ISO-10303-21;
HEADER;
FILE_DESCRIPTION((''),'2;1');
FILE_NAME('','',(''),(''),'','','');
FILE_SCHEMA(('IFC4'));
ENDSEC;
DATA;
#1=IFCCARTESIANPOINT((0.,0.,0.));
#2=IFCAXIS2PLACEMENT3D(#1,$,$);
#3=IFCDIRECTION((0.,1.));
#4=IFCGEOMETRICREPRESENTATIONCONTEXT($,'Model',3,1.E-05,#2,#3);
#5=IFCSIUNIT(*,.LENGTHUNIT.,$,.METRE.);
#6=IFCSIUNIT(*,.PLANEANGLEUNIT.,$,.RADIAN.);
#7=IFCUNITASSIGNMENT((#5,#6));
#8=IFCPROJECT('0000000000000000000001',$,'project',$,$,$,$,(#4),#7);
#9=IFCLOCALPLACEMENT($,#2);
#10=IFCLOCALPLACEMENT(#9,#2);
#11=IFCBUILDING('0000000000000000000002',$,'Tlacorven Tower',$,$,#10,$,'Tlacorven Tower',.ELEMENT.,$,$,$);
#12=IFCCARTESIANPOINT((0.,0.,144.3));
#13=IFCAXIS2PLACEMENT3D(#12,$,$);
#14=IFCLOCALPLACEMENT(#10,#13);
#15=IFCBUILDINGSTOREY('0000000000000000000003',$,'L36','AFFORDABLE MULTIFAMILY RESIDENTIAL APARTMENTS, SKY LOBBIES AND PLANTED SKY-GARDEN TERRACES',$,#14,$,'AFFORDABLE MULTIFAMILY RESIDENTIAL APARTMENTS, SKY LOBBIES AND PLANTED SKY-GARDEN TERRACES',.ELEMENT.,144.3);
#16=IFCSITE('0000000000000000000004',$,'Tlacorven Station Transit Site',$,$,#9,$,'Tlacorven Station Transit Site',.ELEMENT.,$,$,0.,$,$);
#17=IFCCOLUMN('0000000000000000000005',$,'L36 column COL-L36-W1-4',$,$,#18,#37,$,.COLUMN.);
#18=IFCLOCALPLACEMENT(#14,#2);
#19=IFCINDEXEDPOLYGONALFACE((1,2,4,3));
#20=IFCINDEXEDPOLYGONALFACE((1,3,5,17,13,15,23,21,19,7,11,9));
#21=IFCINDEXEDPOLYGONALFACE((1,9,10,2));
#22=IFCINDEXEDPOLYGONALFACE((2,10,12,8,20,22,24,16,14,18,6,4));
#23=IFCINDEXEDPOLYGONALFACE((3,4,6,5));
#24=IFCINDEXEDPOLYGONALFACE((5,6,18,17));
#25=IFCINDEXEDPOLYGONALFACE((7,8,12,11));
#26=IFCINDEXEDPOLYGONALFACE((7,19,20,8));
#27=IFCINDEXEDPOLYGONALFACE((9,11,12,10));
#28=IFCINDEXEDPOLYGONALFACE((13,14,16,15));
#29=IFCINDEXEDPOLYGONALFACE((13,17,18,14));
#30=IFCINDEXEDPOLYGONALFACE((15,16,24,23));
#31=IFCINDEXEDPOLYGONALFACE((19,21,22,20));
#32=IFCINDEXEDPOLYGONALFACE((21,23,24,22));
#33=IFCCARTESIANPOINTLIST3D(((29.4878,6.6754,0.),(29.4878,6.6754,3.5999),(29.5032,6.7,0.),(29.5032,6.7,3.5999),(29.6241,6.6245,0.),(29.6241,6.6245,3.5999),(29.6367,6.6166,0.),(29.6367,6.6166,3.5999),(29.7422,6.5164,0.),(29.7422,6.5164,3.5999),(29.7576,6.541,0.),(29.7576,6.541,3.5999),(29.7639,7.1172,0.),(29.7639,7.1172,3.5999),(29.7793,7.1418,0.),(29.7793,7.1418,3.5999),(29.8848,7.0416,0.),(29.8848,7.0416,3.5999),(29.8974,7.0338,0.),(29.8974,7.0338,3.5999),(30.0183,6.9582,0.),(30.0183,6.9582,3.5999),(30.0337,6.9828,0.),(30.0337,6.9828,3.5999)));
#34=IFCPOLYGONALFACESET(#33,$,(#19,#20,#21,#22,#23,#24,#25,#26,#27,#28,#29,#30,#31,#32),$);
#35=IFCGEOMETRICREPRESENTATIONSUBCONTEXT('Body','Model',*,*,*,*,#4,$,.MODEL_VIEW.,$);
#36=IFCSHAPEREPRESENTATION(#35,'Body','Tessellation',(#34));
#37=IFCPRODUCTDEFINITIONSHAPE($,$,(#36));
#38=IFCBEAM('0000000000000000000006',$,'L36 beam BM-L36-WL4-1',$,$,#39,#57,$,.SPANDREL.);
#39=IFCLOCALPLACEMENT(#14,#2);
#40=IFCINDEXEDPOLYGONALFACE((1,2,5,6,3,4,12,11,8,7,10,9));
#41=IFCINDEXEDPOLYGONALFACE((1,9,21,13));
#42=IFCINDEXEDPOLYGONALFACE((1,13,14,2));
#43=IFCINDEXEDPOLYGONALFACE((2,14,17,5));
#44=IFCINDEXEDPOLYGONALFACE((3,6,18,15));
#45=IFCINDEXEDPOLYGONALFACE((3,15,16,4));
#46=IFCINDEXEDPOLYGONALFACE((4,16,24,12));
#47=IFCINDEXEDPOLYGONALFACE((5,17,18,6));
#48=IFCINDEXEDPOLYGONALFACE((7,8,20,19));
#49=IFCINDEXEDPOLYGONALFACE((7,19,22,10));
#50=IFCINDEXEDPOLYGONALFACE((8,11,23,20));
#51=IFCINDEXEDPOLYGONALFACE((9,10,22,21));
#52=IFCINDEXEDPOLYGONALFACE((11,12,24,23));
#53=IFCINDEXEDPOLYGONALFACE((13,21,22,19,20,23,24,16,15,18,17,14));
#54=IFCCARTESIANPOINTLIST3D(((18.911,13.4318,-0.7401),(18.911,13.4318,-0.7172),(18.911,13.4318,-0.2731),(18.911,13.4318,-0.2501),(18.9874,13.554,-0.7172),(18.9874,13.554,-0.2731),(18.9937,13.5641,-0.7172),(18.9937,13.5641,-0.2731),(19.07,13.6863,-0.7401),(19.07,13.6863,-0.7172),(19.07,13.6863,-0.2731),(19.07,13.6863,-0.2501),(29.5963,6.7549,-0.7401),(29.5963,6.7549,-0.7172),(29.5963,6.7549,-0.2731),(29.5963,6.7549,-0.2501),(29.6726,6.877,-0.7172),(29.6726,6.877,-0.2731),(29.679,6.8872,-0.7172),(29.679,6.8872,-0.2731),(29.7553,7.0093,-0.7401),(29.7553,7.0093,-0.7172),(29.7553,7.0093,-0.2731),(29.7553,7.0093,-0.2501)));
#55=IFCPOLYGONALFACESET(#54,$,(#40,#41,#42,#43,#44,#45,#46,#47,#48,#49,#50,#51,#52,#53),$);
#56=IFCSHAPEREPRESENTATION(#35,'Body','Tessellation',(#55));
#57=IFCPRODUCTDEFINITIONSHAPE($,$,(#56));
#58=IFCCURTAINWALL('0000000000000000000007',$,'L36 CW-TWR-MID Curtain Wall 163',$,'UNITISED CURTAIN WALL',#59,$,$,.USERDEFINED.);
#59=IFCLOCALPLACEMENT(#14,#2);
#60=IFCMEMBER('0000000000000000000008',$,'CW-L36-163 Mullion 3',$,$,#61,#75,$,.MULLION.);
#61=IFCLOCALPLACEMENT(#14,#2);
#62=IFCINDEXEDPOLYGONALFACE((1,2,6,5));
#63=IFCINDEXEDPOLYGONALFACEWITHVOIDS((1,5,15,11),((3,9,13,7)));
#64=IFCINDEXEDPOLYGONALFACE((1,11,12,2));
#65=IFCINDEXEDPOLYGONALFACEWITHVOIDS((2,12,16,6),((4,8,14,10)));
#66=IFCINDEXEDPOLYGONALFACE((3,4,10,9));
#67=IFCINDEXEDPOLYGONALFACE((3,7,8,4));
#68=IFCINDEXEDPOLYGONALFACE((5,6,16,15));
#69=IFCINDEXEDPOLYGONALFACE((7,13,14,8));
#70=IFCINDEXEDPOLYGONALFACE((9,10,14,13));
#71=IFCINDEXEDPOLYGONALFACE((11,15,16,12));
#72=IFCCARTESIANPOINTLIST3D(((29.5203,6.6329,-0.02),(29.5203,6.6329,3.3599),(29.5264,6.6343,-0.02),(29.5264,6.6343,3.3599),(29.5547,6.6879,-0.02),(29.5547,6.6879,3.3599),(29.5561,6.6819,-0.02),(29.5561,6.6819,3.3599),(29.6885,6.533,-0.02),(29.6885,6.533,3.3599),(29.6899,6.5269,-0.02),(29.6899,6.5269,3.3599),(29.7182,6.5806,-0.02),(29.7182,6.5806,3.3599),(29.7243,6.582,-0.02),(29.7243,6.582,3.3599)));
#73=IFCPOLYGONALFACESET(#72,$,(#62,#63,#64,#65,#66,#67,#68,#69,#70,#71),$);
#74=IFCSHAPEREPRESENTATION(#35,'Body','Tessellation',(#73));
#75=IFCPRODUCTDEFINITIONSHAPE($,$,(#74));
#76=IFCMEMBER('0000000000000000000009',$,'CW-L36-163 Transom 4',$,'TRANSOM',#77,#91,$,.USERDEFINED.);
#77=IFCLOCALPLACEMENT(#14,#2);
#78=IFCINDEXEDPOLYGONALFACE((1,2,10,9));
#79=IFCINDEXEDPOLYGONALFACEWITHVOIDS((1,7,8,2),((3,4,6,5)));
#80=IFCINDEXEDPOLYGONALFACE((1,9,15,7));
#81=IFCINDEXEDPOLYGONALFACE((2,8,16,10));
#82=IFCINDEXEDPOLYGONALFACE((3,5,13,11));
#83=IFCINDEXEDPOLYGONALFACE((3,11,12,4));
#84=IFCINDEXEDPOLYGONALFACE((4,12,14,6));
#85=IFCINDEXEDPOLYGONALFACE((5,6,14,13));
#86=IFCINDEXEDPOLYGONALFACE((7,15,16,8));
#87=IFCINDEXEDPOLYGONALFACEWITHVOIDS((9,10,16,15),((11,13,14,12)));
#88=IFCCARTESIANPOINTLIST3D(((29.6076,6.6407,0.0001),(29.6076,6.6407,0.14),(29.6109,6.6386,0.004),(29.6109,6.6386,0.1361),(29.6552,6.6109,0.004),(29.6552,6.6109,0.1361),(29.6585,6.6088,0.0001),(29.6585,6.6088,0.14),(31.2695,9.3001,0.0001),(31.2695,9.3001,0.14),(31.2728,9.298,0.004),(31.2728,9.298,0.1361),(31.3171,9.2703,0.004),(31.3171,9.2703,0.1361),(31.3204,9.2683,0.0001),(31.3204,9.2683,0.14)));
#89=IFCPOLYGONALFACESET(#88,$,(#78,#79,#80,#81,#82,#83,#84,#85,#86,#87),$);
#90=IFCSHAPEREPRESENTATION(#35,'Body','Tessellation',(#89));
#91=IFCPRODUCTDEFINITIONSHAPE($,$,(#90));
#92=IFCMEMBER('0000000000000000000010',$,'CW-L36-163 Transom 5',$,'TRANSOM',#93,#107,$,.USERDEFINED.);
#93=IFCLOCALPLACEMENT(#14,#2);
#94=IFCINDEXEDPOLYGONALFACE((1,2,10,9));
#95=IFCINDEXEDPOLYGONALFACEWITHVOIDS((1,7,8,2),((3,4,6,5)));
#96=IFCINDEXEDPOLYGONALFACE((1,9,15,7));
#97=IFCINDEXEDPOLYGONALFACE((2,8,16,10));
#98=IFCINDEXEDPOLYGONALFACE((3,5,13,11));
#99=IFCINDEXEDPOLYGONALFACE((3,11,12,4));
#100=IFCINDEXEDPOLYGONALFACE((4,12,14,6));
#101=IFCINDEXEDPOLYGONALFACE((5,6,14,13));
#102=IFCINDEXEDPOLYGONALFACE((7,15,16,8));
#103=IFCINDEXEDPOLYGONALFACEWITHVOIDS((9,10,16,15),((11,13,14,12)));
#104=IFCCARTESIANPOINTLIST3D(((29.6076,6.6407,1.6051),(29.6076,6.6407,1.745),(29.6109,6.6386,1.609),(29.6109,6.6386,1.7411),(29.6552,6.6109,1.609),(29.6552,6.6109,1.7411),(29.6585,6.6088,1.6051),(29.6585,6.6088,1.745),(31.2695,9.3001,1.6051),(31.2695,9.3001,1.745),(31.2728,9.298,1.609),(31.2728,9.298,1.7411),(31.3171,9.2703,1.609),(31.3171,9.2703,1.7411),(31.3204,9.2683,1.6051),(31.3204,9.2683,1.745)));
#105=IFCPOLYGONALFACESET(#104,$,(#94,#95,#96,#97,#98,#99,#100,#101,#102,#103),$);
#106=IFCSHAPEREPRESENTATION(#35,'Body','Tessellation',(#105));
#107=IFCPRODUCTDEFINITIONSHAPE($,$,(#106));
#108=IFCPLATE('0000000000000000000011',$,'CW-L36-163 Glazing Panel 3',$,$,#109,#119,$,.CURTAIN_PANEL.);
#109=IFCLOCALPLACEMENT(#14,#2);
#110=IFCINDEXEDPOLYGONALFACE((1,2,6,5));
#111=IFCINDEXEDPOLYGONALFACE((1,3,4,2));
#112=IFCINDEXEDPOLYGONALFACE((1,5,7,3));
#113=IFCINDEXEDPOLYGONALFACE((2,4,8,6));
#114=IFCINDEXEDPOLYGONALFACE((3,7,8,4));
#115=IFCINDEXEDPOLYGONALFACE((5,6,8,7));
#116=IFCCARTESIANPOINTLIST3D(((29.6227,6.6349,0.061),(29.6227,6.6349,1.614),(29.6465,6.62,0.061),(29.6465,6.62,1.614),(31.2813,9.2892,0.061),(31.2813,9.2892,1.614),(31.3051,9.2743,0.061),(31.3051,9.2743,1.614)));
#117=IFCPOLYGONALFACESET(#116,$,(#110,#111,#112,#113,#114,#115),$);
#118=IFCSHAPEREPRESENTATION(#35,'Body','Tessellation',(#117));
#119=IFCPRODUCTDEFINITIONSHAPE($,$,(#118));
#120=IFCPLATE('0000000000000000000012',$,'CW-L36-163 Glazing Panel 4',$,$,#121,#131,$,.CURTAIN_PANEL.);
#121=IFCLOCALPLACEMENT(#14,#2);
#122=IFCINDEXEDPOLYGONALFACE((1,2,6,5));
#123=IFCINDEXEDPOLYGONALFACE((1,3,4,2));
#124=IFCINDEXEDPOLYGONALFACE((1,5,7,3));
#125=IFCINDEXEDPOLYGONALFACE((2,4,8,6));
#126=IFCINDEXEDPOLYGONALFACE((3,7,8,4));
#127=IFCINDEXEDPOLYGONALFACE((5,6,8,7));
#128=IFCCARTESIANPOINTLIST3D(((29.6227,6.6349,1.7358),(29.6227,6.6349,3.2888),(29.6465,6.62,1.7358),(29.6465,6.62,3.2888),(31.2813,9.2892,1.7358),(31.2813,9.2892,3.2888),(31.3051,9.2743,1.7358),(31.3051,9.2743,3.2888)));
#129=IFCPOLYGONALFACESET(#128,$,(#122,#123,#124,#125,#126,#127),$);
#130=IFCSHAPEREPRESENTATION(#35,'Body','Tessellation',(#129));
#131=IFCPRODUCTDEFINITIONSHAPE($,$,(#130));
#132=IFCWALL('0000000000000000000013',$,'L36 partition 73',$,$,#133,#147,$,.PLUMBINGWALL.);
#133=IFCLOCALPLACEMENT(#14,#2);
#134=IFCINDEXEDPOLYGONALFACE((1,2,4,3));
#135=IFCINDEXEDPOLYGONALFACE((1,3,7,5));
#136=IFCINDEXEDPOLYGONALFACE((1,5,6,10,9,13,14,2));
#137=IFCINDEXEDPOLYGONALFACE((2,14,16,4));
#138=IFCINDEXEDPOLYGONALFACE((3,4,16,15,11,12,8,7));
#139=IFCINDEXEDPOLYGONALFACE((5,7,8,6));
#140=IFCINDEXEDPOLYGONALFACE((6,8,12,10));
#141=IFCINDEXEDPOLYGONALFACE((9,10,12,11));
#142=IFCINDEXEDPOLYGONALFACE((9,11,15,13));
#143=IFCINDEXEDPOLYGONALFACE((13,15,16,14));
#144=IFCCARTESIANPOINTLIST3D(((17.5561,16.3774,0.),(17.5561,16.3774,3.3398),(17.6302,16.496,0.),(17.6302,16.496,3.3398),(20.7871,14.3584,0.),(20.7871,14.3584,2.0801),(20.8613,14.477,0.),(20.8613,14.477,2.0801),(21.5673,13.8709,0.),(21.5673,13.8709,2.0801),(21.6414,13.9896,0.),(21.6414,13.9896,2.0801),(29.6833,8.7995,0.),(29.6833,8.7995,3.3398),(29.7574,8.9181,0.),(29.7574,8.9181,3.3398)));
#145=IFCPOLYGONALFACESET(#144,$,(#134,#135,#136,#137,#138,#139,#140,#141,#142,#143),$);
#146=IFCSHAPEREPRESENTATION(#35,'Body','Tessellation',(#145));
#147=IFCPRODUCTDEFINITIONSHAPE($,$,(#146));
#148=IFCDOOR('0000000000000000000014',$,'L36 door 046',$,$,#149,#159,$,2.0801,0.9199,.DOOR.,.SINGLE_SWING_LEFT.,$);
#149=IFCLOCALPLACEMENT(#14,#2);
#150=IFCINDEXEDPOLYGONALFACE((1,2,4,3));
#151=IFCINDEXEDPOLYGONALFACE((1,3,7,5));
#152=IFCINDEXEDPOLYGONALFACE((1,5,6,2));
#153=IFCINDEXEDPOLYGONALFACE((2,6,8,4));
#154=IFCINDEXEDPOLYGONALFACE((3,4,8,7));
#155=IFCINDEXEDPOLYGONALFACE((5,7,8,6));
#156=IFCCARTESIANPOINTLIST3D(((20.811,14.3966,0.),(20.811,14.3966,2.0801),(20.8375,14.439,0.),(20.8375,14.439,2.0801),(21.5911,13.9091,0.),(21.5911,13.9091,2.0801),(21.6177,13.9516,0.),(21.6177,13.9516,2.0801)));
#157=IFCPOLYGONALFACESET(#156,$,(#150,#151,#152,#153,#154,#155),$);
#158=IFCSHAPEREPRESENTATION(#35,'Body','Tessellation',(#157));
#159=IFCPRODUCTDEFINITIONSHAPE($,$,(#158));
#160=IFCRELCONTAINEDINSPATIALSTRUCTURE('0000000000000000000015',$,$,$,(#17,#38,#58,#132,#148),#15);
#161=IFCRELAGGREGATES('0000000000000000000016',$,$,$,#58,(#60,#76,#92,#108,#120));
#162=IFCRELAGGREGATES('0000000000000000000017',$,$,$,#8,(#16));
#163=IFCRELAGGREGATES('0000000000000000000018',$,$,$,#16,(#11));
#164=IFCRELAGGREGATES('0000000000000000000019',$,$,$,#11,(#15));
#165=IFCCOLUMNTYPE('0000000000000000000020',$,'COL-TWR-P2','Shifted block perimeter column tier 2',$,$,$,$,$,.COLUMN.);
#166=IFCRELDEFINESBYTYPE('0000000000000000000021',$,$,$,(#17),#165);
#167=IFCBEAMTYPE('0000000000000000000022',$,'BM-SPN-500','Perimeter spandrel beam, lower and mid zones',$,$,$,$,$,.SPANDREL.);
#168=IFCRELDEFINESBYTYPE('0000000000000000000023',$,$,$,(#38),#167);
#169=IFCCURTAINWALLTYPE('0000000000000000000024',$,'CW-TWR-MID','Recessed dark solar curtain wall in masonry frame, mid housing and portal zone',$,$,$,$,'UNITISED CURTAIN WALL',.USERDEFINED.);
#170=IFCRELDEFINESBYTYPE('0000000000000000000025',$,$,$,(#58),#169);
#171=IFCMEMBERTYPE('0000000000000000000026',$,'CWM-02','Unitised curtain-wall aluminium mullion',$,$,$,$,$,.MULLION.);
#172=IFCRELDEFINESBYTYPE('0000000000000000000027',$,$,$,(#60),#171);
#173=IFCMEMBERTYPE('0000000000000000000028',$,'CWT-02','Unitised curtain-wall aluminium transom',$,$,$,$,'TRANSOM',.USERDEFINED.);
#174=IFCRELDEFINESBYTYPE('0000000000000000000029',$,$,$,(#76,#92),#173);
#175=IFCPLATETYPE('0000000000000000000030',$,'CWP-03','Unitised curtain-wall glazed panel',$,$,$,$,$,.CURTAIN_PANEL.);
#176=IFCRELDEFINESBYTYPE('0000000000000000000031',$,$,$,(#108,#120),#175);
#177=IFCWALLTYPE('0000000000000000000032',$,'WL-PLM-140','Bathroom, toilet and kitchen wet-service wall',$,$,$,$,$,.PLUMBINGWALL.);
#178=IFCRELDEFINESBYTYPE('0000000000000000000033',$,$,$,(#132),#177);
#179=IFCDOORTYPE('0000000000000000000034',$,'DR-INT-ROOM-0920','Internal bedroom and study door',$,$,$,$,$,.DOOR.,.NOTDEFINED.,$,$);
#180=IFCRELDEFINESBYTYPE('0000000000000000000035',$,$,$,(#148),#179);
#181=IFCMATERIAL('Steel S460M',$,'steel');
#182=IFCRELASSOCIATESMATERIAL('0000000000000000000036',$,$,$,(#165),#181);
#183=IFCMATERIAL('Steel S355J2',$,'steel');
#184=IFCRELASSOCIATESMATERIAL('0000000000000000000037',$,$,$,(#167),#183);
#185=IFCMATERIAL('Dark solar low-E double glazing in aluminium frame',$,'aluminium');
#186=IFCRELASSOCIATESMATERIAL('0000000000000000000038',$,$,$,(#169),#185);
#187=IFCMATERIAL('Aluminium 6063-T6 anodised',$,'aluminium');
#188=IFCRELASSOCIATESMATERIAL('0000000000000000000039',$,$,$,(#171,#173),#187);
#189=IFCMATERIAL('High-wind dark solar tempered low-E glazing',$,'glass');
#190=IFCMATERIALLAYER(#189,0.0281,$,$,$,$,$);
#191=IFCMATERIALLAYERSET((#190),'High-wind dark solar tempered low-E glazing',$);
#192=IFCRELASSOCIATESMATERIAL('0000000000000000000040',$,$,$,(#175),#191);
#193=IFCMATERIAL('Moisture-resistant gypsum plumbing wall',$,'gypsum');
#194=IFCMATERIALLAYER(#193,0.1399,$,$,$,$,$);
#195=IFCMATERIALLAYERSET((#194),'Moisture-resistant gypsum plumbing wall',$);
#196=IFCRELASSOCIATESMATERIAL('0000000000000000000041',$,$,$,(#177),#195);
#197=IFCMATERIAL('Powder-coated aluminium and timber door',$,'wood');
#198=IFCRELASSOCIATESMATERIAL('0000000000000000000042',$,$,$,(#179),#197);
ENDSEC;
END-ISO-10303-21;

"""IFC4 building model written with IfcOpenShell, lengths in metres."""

from ifc_helpers import new_model, si_unit, direction, frame, frame_2d, origin, origin_2d, place, context, subcontext, project, spatial, rectangle, hollow_rectangle, i_section, extrude, source, transform, mapped, material, layer, layer_set, material_profile, profile_set, type_object, element, fill, aggregate, save


model = new_model("IFC4")

# Units and contexts
model_context = context("Model", 3, precision=1e-05, world=origin(), true_north=direction((0.0, 1.0)))
body_context = subcontext(model_context, "Body", "Model", "MODEL_VIEW")
ifc_project = project(units=[si_unit("LENGTHUNIT", "METRE"), si_unit("PLANEANGLEUNIT", "RADIAN")], contexts=[model_context])

# Site, building, storey
site_placement = place(None, origin())
site = spatial("IfcSite", under=ifc_project, at=site_placement, Name="Tlacorven Station Transit Site", LongName="Tlacorven Station Transit Site", CompositionType="ELEMENT", RefElevation=0.0)
building_placement = place(site_placement, origin())
building = spatial("IfcBuilding", under=site, at=building_placement, Name="Tlacorven Tower", LongName="Tlacorven Tower", CompositionType="ELEMENT")
storey_placement = place(building_placement, frame((0.0, 0.0, 144.3)))
storey = spatial("IfcBuildingStorey", under=building, at=storey_placement, Name="L36", Description="AFFORDABLE MULTIFAMILY RESIDENTIAL APARTMENTS, SKY LOBBIES AND PLANTED SKY-GARDEN TERRACES", LongName="AFFORDABLE MULTIFAMILY RESIDENTIAL APARTMENTS, SKY LOBBIES AND PLANTED SKY-GARDEN TERRACES", CompositionType="ELEMENT", Elevation=144.3)

# Column
ifc_material_1 = material(Name="Steel S460M", Category="steel")
ifc_material_profile_1 = material_profile(ifc_material_1, i_section(OverallWidth=0.3, OverallDepth=0.55, WebThickness=0.0149, FlangeThickness=0.0291, at=origin_2d()), Name="HEB 550")
ifc_profile_set_1 = profile_set([ifc_material_profile_1], Name="Steel S460M")
column_type = type_object("IfcColumnType", Name="COL-TWR-P2", Description="Shifted block perimeter column tier 2", PredefinedType="COLUMN", material=ifc_profile_set_1)
shared_shape_1 = source(origin(), body_context, "Body", "SweptSolid", [
    extrude(i_section(OverallWidth=0.3, OverallDepth=0.55, WebThickness=0.0149, FlangeThickness=0.0291, at=origin_2d()), origin(), (0.0, 0.0, 1.0), 3.5999),
])
column_placement = place(storey_placement, frame((29.7607, 6.8291, 0.0), z_axis=(0.0, 0.0, 1.0), x_axis=(-0.848048, 0.529919, 0.0)))
element("IfcColumn", 1, at=column_placement, inside=storey, type_object=column_type, Name="L36 column COL-L36-W1-4", PredefinedType="COLUMN", context=body_context, shape_type="MappedRepresentation", body=[
    mapped(shared_shape_1, transform((0.0, 0.0, 0.0), scale=1.0)),
])

# Beam
ifc_material_2 = material(Name="Steel S355J2", Category="steel")
ifc_material_profile_2 = material_profile(ifc_material_2, i_section(OverallWidth=0.3, OverallDepth=0.49, WebThickness=0.012, FlangeThickness=0.0229, at=origin_2d()), Name="HEA 500")
ifc_profile_set_2 = profile_set([ifc_material_profile_2], Name="Steel S355J2")
beam_type = type_object("IfcBeamType", Name="BM-SPN-500", Description="Perimeter spandrel beam, lower and mid zones", PredefinedType="SPANDREL", material=ifc_profile_set_2)
shared_shape_2 = source(origin(), body_context, "Body", "SweptSolid", [
    extrude(i_section(OverallWidth=0.3, OverallDepth=0.49, WebThickness=0.012, FlangeThickness=0.0229, at=origin_2d()), origin(), (0.0, 0.0, 1.0), 12.5999),
])
beam_placement = place(storey_placement, frame((29.6758, 6.8821, -0.4951), z_axis=(-0.848045, 0.529924, 0.0), x_axis=(-0.529924, -0.848045, 0.0)))
element("IfcBeam", 2, at=beam_placement, inside=storey, type_object=beam_type, Name="L36 beam BM-L36-WL4-1", PredefinedType="SPANDREL", context=body_context, shape_type="MappedRepresentation", body=[
    mapped(shared_shape_2, transform((0.0, 0.0, 0.0), scale=1.0)),
])

# Curtain wall, members, plates
ifc_material_3 = material(Name="Dark solar low-E double glazing in aluminium frame", Category="aluminium")
curtain_wall_type = type_object("IfcCurtainWallType", Name="CW-TWR-MID", Description="Recessed dark solar curtain wall in masonry frame, mid housing and portal zone", ElementType="UNITISED CURTAIN WALL", PredefinedType="USERDEFINED", material=ifc_material_3)
curtain_wall_placement = place(storey_placement, origin())
curtain_wall = element("IfcCurtainWall", 3, at=curtain_wall_placement, inside=storey, type_object=curtain_wall_type, Name="L36 CW-TWR-MID Curtain Wall 163", ObjectType="UNITISED CURTAIN WALL", PredefinedType="USERDEFINED")
ifc_material_4 = material(Name="Aluminium 6063-T6 anodised", Category="aluminium")
ifc_material_profile_3 = material_profile(ifc_material_4, hollow_rectangle(XDim=0.0649, YDim=0.2, WallThickness=0.0044, at=origin_2d()), Name="ALU MULLION 65X200")
ifc_profile_set_3 = profile_set([ifc_material_profile_3], Name="Aluminium 6063-T6 anodised")
member_type_1 = type_object("IfcMemberType", Name="CWM-02", Description="Unitised curtain-wall aluminium mullion", PredefinedType="MULLION", material=ifc_profile_set_3)
shared_shape_3 = source(origin(), body_context, "Body", "SweptSolid", [
    extrude(hollow_rectangle(XDim=0.0649, YDim=0.2, WallThickness=0.0044, at=origin_2d()), origin(), (0.0, 0.0, 1.0), 3.3799),
])
member_1_placement = place(storey_placement, frame((29.6223, 6.6074, -0.02), z_axis=(0.0, 0.0, 1.0), x_axis=(-0.529919, -0.848048, 0.0)))
member_1 = element("IfcMember", 4, at=member_1_placement, type_object=member_type_1, Name="CW-L36-163 Mullion 3", PredefinedType="MULLION", context=body_context, shape_type="MappedRepresentation", body=[
    mapped(shared_shape_3, transform((0.0, 0.0, 0.0), scale=1.0)),
])
ifc_material_profile_4 = material_profile(ifc_material_4, hollow_rectangle(XDim=0.0601, YDim=0.1399, WallThickness=0.0039, at=origin_2d()), Name="ALU TRANSOM 60X140")
ifc_profile_set_4 = profile_set([ifc_material_profile_4], Name="Aluminium 6063-T6 anodised")
member_type_2 = type_object("IfcMemberType", Name="CWT-02", Description="Unitised curtain-wall aluminium transom", ElementType="TRANSOM", PredefinedType="USERDEFINED", material=ifc_profile_set_4)
shared_shape_4 = source(origin(), body_context, "Body", "SweptSolid", [
    extrude(hollow_rectangle(XDim=0.0601, YDim=0.1399, WallThickness=0.0039, at=origin_2d()), origin(), (0.0, 0.0, 1.0), 3.136),
])
member_2_placement = place(storey_placement, frame((31.2949, 9.2842, 0.0701), z_axis=(-0.529936, -0.848038, 0.0), x_axis=(0.848038, -0.529936, 0.0)))
member_2 = element("IfcMember", 5, at=member_2_placement, type_object=member_type_2, Name="CW-L36-163 Transom 4", ObjectType="TRANSOM", PredefinedType="USERDEFINED", context=body_context, shape_type="MappedRepresentation", body=[
    mapped(shared_shape_4, transform((0.0, 0.0, 0.0), scale=1.0)),
])
member_3_placement = place(storey_placement, frame((31.2949, 9.2842, 1.675), z_axis=(-0.529936, -0.848038, 0.0), x_axis=(0.848038, -0.529936, 0.0)))
member_3 = element("IfcMember", 6, at=member_3_placement, type_object=member_type_2, Name="CW-L36-163 Transom 5", ObjectType="TRANSOM", PredefinedType="USERDEFINED", context=body_context, shape_type="MappedRepresentation", body=[
    mapped(shared_shape_4, transform((0.0, 0.0, 0.0), scale=1.0)),
])
ifc_material_5 = material(Name="High-wind dark solar tempered low-E glazing", Category="glass")
ifc_layer_1 = layer(ifc_material_5, 0.0281)
ifc_layer_set_1 = layer_set([ifc_layer_1], Name="High-wind dark solar tempered low-E glazing")
plate_type = type_object("IfcPlateType", Name="CWP-03", Description="Unitised curtain-wall glazed panel", PredefinedType="CURTAIN_PANEL", material=ifc_layer_set_1)
shared_shape_5 = source(origin(), body_context, "Body", "SweptSolid", [
    extrude(rectangle(XDim=3.1299, YDim=0.0281, at=origin_2d()), origin(), (0.0, 0.0, 1.0), 1.553),
])
plate_1_placement = place(storey_placement, frame((30.4639, 7.9546, 0.061), z_axis=(0.0, 0.0, 1.0), x_axis=(-0.529919, -0.848048, 0.0)))
plate_1 = element("IfcPlate", 7, at=plate_1_placement, type_object=plate_type, Name="CW-L36-163 Glazing Panel 3", PredefinedType="CURTAIN_PANEL", context=body_context, shape_type="MappedRepresentation", body=[
    mapped(shared_shape_5, transform((0.0, 0.0, 0.0), scale=1.0)),
])
plate_2_placement = place(storey_placement, frame((30.4639, 7.9546, 1.7358), z_axis=(0.0, 0.0, 1.0), x_axis=(-0.529919, -0.848048, 0.0)))
plate_2 = element("IfcPlate", 8, at=plate_2_placement, type_object=plate_type, Name="CW-L36-163 Glazing Panel 4", PredefinedType="CURTAIN_PANEL", context=body_context, shape_type="MappedRepresentation", body=[
    mapped(shared_shape_5, transform((0.0, 0.0, 0.0), scale=1.0)),
])
aggregate(curtain_wall, [member_1, member_2, member_3, plate_1, plate_2])

# Shared definitions
ifc_material_6 = material(Name="Powder-coated aluminium and timber door", Category="wood")

# Wall, opening, door
ifc_material_7 = material(Name="Moisture-resistant gypsum plumbing wall", Category="gypsum")
ifc_layer_2 = layer(ifc_material_7, 0.1399)
ifc_layer_set_2 = layer_set([ifc_layer_2], Name="Moisture-resistant gypsum plumbing wall")
wall_type_1 = type_object("IfcWallType", Name="WL-PLM-140", Description="Bathroom, toilet and kitchen wet-service wall", PredefinedType="PLUMBINGWALL", material=ifc_layer_set_2)
wall_1_placement = place(storey_placement, frame((29.7202, 8.8589, 0.0), z_axis=(0.0, 0.0, 1.0), x_axis=(-0.848049, 0.529918, 0.0)))
wall_1 = element("IfcWall", 9, at=wall_1_placement, inside=storey, type_object=wall_type_1, Name="L36 partition 73", PredefinedType="PLUMBINGWALL", context=body_context, shape_type="SweptSolid", body=[
    extrude(rectangle(XDim=14.3, YDim=0.1399, at=frame_2d((7.1499, 0.0))), origin(), (0.0, 0.0, 1.0), 3.3398),
])
opening_1_placement = place(wall_1_placement, frame((9.5701, 0.0, 0.0)))
opening_1 = element("IfcOpeningElement", 10, at=opening_1_placement, cuts=wall_1, PredefinedType="OPENING", context=body_context, shape_type="SweptSolid", body=[
    extrude(rectangle(XDim=0.9199, YDim=2.0801, at=frame_2d((0.46, 1.04))), frame((0.0, 0.0801, 0.0), z_axis=(0.0, -1.0, 0.0), x_axis=(1.0, 0.0, 0.0)), (0.0, 0.0, 1.0), 0.1599),
])
door_type_1 = type_object("IfcDoorType", Name="DR-INT-ROOM-0920", Description="Internal bedroom and study door", OperationType="NOTDEFINED", PredefinedType="DOOR", material=ifc_material_6)
shared_shape_6 = source(origin(), body_context, "Body", "SweptSolid", [
    extrude(rectangle(XDim=0.9199, YDim=2.0801, at=frame_2d((0.46, 1.04))), frame((0.0, 0.0249, 0.0), z_axis=(0.0, -1.0, 0.0), x_axis=(1.0, 0.0, 0.0)), (0.0, 0.0, 1.0), 0.05),
])
door_1_placement = place(opening_1_placement, origin())
door_1 = element("IfcDoor", 11, at=door_1_placement, inside=storey, type_object=door_type_1, Name="L36 door 046", OperationType="SINGLE_SWING_LEFT", OverallHeight=2.0801, OverallWidth=0.9199, PredefinedType="DOOR", context=body_context, shape_type="MappedRepresentation", body=[
    mapped(shared_shape_6, transform((0.0, 0.0, 0.0), scale=1.0)),
])
fill(opening_1, door_1)

save(model, "model.ifc")
